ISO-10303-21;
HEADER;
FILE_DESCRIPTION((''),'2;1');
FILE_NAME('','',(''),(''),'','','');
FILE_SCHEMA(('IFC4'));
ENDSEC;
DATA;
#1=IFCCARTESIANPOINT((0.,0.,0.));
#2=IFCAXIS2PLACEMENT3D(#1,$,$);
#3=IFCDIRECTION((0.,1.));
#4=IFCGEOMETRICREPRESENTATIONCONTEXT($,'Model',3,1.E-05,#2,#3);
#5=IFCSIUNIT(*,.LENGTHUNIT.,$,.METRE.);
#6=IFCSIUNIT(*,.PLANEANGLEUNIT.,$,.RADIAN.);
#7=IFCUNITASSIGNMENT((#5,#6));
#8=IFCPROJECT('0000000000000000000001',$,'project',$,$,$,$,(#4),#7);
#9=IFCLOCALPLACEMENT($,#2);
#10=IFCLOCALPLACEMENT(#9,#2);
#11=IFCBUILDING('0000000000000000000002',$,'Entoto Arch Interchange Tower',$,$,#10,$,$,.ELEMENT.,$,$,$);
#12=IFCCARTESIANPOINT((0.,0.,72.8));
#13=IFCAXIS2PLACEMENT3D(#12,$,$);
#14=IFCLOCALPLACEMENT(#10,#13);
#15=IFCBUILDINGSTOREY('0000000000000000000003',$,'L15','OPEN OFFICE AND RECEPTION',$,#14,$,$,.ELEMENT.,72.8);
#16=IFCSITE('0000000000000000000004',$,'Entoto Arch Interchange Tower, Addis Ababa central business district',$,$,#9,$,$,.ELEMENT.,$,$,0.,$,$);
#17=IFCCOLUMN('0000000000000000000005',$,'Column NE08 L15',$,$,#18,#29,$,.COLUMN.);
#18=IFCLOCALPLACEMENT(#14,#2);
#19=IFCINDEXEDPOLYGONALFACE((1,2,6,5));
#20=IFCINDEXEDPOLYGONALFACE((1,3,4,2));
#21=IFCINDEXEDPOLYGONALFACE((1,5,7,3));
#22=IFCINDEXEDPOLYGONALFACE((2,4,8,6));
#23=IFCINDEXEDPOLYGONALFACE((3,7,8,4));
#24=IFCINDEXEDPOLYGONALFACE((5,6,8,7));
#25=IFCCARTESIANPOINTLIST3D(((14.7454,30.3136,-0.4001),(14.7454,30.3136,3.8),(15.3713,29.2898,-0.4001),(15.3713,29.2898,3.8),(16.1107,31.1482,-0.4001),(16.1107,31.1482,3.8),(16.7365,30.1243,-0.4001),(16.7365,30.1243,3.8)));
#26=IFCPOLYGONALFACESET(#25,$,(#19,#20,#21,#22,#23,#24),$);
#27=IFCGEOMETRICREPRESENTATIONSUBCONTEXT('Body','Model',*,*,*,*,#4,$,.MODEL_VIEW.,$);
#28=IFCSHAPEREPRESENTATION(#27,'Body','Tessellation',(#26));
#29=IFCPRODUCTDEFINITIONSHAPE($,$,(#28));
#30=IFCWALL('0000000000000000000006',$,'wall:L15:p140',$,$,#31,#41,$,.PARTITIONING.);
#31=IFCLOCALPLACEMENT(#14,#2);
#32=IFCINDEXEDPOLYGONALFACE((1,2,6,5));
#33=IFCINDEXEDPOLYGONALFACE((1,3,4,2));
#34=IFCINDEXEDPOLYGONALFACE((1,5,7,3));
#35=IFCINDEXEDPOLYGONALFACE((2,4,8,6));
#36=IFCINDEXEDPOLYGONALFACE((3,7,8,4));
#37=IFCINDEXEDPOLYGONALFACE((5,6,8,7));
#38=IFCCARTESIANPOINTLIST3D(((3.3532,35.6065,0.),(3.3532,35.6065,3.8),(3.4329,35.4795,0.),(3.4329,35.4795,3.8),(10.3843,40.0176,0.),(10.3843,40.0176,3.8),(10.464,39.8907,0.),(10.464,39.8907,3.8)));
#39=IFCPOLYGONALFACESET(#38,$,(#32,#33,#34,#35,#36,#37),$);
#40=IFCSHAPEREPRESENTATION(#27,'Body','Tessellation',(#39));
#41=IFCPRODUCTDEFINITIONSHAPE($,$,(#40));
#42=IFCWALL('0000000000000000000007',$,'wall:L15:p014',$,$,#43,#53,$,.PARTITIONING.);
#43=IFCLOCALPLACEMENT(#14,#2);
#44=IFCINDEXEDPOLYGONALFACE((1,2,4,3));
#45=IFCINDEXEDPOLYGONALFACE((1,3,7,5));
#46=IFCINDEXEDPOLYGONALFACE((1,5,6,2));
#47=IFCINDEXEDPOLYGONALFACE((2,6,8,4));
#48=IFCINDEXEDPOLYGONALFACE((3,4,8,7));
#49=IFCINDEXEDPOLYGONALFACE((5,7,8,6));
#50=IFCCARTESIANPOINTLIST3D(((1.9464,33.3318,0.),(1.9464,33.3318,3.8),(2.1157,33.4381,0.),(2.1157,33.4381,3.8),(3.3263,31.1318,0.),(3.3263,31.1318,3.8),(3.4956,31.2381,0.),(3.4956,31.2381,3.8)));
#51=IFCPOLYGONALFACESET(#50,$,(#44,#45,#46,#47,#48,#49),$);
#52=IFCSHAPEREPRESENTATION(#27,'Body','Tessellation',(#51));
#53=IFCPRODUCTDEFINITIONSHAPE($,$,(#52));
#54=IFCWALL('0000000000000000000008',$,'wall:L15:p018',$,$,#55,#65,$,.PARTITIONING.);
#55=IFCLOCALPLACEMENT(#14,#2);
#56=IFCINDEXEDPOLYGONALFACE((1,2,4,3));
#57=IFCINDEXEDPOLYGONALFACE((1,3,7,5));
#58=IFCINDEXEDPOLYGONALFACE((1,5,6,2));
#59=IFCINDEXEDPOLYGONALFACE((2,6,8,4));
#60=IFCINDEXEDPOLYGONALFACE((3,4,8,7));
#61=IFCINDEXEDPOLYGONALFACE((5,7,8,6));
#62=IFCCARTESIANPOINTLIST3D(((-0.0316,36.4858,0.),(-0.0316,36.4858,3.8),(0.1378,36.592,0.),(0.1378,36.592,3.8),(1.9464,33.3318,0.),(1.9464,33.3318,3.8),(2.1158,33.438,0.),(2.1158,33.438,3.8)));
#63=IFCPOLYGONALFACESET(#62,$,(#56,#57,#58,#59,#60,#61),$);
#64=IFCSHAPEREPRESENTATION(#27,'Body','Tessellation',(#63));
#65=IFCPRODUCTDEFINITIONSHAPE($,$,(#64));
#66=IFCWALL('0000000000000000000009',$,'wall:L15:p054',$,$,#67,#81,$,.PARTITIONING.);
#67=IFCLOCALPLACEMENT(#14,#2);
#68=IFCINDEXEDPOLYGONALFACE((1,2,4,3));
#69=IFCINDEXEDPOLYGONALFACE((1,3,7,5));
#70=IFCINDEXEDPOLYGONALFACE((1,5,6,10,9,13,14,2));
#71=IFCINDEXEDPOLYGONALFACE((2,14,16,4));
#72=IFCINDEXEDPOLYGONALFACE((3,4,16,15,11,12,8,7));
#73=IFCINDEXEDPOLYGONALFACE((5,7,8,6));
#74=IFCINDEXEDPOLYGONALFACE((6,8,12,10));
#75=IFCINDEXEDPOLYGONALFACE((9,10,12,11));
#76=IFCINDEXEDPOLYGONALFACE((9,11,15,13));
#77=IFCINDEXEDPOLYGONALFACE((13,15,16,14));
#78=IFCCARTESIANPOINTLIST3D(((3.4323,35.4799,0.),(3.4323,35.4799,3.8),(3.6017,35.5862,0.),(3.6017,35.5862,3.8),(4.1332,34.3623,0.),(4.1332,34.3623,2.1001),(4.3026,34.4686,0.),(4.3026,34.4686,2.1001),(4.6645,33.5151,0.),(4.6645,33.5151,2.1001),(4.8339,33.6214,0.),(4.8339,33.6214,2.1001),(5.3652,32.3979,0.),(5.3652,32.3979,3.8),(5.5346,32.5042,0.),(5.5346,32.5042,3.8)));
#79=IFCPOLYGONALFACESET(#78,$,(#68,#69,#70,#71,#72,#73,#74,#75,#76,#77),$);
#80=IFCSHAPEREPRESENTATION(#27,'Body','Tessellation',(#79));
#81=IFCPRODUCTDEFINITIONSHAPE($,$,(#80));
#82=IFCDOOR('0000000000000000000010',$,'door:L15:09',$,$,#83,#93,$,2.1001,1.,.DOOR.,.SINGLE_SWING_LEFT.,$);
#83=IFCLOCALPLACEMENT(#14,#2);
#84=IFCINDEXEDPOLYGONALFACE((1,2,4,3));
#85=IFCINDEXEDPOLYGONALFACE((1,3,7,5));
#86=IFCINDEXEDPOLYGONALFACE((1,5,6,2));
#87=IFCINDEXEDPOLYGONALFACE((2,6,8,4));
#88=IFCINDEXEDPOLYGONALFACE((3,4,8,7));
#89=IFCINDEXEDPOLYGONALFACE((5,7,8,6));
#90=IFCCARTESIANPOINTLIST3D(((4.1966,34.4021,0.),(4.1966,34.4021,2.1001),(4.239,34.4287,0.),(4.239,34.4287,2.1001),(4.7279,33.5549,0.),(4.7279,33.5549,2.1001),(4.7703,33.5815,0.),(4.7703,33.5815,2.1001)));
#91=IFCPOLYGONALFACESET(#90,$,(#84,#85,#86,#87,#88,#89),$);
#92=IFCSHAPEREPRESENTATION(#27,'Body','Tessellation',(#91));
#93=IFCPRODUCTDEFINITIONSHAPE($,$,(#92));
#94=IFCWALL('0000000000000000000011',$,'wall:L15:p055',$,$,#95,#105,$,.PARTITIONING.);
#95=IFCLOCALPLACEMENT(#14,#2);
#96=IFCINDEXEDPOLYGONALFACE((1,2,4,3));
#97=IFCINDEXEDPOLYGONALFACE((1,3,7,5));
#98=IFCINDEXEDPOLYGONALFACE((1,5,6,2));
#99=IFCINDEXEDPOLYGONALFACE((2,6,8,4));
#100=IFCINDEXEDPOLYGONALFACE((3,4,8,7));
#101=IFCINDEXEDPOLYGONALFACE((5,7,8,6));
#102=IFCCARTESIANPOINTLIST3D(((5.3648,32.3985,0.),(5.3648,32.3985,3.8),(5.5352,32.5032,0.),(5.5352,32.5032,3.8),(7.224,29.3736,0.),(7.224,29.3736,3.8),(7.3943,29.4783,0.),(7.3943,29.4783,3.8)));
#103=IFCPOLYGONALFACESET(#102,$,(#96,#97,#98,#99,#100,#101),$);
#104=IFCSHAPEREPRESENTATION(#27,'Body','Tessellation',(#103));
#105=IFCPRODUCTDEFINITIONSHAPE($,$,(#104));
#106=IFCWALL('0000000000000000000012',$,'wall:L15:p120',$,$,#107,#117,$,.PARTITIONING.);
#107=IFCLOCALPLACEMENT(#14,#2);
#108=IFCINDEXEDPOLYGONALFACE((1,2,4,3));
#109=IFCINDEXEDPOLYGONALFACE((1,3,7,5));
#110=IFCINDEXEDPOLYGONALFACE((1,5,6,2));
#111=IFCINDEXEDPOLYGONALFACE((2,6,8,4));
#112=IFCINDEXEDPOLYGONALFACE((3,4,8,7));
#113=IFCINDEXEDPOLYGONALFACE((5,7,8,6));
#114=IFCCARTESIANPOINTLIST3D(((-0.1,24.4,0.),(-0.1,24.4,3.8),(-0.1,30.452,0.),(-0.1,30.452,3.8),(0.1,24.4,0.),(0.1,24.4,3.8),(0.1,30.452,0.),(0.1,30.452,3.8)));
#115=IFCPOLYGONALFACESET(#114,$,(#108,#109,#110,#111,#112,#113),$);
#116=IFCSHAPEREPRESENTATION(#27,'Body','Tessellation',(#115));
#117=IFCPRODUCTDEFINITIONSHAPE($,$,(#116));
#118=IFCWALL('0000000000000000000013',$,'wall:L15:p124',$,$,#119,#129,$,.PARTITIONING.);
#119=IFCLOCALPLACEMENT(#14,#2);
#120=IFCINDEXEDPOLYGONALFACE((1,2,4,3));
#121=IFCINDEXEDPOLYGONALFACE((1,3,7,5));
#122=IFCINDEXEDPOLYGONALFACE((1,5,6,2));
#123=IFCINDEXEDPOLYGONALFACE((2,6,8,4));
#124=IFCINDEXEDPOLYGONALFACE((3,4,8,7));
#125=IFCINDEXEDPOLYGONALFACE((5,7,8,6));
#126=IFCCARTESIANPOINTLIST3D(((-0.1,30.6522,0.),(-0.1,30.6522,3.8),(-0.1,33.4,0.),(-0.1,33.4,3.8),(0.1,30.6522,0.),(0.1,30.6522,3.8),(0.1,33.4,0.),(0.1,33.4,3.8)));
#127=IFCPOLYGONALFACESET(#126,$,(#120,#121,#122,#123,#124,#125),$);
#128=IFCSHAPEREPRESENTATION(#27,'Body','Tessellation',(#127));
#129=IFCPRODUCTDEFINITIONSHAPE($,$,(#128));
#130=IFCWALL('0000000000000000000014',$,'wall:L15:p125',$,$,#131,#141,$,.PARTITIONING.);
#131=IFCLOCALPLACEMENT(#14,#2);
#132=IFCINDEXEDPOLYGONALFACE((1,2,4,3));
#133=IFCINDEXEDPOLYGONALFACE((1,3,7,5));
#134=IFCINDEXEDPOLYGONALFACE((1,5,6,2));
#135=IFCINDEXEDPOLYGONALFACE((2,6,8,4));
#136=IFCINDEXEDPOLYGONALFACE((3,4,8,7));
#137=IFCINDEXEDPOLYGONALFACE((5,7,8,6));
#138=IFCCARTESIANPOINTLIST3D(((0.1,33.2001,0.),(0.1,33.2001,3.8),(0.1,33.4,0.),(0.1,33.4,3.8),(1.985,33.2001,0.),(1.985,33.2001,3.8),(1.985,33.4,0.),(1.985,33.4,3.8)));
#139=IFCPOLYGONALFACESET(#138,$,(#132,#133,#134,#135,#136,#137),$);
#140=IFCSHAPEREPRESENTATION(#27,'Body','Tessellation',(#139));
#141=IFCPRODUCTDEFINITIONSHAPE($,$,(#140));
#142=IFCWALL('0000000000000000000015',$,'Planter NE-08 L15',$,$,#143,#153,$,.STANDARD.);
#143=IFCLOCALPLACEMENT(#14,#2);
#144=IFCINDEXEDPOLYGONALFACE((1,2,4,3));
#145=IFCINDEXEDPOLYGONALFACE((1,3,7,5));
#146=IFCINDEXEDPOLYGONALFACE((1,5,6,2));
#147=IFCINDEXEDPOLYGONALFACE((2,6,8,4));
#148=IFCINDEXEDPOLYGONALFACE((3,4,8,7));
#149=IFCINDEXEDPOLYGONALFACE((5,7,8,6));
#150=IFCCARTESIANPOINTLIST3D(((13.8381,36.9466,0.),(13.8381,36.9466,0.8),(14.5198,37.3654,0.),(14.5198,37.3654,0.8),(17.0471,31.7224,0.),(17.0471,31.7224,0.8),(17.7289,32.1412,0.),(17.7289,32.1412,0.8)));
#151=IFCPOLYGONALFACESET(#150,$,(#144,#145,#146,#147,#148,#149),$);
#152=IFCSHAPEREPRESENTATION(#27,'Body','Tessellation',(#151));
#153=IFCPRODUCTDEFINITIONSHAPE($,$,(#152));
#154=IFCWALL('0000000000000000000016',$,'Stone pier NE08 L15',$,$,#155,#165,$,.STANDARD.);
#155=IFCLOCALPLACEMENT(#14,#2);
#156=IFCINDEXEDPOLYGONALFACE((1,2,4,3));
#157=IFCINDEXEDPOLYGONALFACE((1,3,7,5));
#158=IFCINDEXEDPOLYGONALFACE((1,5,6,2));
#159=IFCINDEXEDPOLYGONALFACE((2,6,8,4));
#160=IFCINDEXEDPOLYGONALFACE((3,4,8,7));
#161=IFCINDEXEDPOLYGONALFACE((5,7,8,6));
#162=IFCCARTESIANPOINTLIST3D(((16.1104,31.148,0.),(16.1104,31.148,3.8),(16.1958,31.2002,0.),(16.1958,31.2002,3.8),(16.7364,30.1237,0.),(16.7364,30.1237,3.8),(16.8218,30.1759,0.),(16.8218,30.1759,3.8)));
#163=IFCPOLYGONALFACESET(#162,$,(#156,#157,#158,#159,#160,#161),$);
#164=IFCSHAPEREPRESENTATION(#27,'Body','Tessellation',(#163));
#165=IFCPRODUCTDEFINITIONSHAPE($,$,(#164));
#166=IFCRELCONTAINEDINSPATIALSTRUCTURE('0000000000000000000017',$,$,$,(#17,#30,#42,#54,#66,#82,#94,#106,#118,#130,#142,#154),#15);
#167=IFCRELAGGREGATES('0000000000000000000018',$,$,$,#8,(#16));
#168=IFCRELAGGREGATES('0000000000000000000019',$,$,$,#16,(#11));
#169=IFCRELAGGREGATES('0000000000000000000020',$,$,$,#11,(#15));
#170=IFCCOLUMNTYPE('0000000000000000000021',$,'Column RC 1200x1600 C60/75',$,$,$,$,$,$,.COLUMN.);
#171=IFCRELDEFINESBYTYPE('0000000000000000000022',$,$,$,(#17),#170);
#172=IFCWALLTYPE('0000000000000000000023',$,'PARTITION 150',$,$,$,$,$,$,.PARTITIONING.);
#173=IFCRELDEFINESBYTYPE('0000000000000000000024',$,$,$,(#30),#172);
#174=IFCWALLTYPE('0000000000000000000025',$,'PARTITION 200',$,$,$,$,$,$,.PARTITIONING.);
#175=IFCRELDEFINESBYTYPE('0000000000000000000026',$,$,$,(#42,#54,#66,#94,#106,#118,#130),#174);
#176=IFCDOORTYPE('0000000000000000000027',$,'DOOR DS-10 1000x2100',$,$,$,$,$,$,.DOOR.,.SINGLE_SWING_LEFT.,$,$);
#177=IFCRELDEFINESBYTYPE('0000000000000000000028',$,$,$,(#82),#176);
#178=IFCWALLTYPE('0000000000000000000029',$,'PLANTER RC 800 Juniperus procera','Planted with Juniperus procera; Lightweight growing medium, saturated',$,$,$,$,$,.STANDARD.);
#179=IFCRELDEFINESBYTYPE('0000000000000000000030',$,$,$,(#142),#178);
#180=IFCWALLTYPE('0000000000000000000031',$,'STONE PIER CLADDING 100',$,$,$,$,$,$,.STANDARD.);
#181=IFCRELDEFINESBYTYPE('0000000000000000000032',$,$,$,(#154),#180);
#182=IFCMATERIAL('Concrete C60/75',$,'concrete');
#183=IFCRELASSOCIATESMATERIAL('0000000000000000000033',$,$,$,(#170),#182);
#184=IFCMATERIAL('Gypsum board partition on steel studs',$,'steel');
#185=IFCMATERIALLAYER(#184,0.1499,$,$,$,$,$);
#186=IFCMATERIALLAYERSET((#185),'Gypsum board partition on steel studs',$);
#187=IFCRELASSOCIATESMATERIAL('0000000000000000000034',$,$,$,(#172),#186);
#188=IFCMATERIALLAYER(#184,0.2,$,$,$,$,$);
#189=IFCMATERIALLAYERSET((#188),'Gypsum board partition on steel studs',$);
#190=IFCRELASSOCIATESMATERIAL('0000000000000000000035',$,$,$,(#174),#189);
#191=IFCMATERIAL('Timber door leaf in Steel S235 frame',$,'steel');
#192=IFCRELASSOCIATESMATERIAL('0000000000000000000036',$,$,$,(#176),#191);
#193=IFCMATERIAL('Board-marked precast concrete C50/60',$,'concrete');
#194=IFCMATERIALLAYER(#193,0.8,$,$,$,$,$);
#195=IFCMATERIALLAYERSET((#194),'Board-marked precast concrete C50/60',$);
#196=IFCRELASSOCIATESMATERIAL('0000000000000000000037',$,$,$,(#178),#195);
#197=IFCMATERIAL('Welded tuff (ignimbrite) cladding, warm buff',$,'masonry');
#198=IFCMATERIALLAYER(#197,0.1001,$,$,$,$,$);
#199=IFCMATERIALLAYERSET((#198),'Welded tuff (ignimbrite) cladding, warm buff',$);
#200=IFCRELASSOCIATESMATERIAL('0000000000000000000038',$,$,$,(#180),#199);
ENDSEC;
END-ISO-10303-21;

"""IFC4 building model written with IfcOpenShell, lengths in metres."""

from ifc_helpers import new_model, si_unit, direction, frame, frame_2d, origin, origin_2d, place, context, subcontext, project, spatial, rectangle, extrude, material, layer, layer_set, material_profile, profile_set, type_object, element, fill, save


model = new_model("IFC4")

# Units and contexts
model_context = context("Model", 3, precision=1e-05, world=origin(), true_north=direction((0.0, 1.0)))
body_context = subcontext(model_context, "Body", "Model", "MODEL_VIEW")
ifc_project = project(units=[si_unit("LENGTHUNIT", "METRE"), si_unit("PLANEANGLEUNIT", "RADIAN")], contexts=[model_context])

# Site, building, storey
site_placement = place(None, origin())
site = spatial("IfcSite", under=ifc_project, at=site_placement, Name="Entoto Arch Interchange Tower, Addis Ababa central business district", CompositionType="ELEMENT", RefElevation=0.0)
building_placement = place(site_placement, origin())
building = spatial("IfcBuilding", under=site, at=building_placement, Name="Entoto Arch Interchange Tower", CompositionType="ELEMENT")
storey_placement = place(building_placement, frame((0.0, 0.0, 72.8)))
storey = spatial("IfcBuildingStorey", under=building, at=storey_placement, Name="L15", Description="OPEN OFFICE AND RECEPTION", CompositionType="ELEMENT", Elevation=72.8)

# Column
ifc_material_1 = material(Name="Concrete C60/75", Category="concrete")
ifc_material_profile = material_profile(ifc_material_1, rectangle(XDim=1.2, YDim=1.6001, at=origin_2d()))
ifc_profile_set = profile_set([ifc_material_profile], Name="Concrete C60/75")
column_type = type_object("IfcColumnType", Name="Column RC 1200x1600 C60/75", PredefinedType="COLUMN", material=ifc_profile_set)
column_placement = place(storey_placement, frame((15.741, 30.219, -0.4001), z_axis=(0.0, 0.0, 1.0), x_axis=(-0.521546, 0.853223, 0.0)))
element("IfcColumn", 1, at=column_placement, inside=storey, type_object=column_type, Name="Column NE08 L15", PredefinedType="COLUMN", context=body_context, shape_type="SweptSolid", body=[
    extrude(rectangle(XDim=1.2, YDim=1.6001, at=origin_2d()), origin(), (0.0, 0.0, 1.0), 4.2002),
])

# Walls
ifc_material_2 = material(Name="Gypsum board partition on steel studs", Category="steel")
ifc_layer_1 = layer(ifc_material_2, 0.1499)
ifc_layer_set_1 = layer_set([ifc_layer_1], Name="Gypsum board partition on steel studs")
wall_type_1 = type_object("IfcWallType", Name="PARTITION 150", PredefinedType="PARTITIONING", material=ifc_layer_set_1)
wall_1_placement = place(storey_placement, frame((3.3931, 35.543, 0.0), z_axis=(0.0, 0.0, 1.0), x_axis=(0.84709, 0.53145, 0.0)))
element("IfcWall", 2, at=wall_1_placement, inside=storey, type_object=wall_type_1, Name="wall:L15:p140", PredefinedType="PARTITIONING", context=body_context, shape_type="SweptSolid", body=[
    extrude(rectangle(XDim=8.3003, YDim=0.1499, at=frame_2d((4.1501, 0.0))), origin(), (0.0, 0.0, 1.0), 3.8),
])
ifc_layer_2 = layer(ifc_material_2, 0.2)
ifc_layer_set_2 = layer_set([ifc_layer_2], Name="Gypsum board partition on steel studs")
wall_type_2 = type_object("IfcWallType", Name="PARTITION 200", PredefinedType="PARTITIONING", material=ifc_layer_set_2)
wall_2_placement = place(storey_placement, frame((3.4109, 31.1851, 0.0), z_axis=(0.0, 0.0, 1.0), x_axis=(-0.531359, 0.847147, 0.0)))
element("IfcWall", 3, at=wall_2_placement, inside=storey, type_object=wall_type_2, Name="wall:L15:p014", PredefinedType="PARTITIONING", context=body_context, shape_type="SweptSolid", body=[
    extrude(rectangle(XDim=2.5969, YDim=0.2, at=frame_2d((1.2983, 0.0))), origin(), (0.0, 0.0, 1.0), 3.8),
])
wall_3_placement = place(storey_placement, frame((2.031, 33.385, 0.0), z_axis=(0.0, 0.0, 1.0), x_axis=(-0.531301, 0.847183, 0.0)))
element("IfcWall", 4, at=wall_3_placement, inside=storey, type_object=wall_type_2, Name="wall:L15:p018", PredefinedType="PARTITIONING", context=body_context, shape_type="SweptSolid", body=[
    extrude(rectangle(XDim=3.7229, YDim=0.2, at=frame_2d((1.8613, 0.0))), origin(), (0.0, 0.0, 1.0), 3.8),
])

# Wall, opening, door
wall_4_placement = place(storey_placement, frame((3.5171, 35.533, 0.0), z_axis=(0.0, 0.0, 1.0), x_axis=(0.531301, -0.847183, 0.0)))
wall_4 = element("IfcWall", 5, at=wall_4_placement, inside=storey, type_object=wall_type_2, Name="wall:L15:p054", PredefinedType="PARTITIONING", context=body_context, shape_type="SweptSolid", body=[
    extrude(rectangle(XDim=3.6379, YDim=0.2, at=frame_2d((1.8188, 0.0))), origin(), (0.0, 0.0, 1.0), 3.8),
])
opening_1_placement = place(wall_4_placement, frame((1.3191, 0.0, 0.0)))
opening_1 = element("IfcOpeningElement", 6, at=opening_1_placement, cuts=wall_4, PredefinedType="OPENING", context=body_context, shape_type="SweptSolid", body=[
    extrude(rectangle(XDim=1.0, YDim=2.1001, at=frame_2d((0.5, 1.05))), frame((0.0, 0.1099, 0.0), z_axis=(0.0, -1.0, 0.0), x_axis=(1.0, 0.0, 0.0)), (0.0, 0.0, 1.0), 0.22),
])
ifc_material_3 = material(Name="Timber door leaf in Steel S235 frame", Category="steel")
door_type_1 = type_object("IfcDoorType", Name="DOOR DS-10 1000x2100", OperationType="SINGLE_SWING_LEFT", PredefinedType="DOOR", material=ifc_material_3)
door_1_placement = place(opening_1_placement, origin())
door_1 = element("IfcDoor", 7, at=door_1_placement, inside=storey, type_object=door_type_1, Name="door:L15:09", OperationType="SINGLE_SWING_LEFT", OverallHeight=2.1001, OverallWidth=1.0, PredefinedType="DOOR", context=body_context, shape_type="SweptSolid", body=[
    extrude(rectangle(XDim=1.0, YDim=2.1001, at=frame_2d((0.5, 1.05))), frame((0.0, 0.0249, 0.0), z_axis=(0.0, -1.0, 0.0), x_axis=(1.0, 0.0, 0.0)), (0.0, 0.0, 1.0), 0.05),
])
fill(opening_1, door_1)

# Walls
wall_5_placement = place(storey_placement, frame((5.45, 32.4509, 0.0), z_axis=(0.0, 0.0, 1.0), x_axis=(0.523618, -0.851953, 0.0)))
element("IfcWall", 8, at=wall_5_placement, inside=storey, type_object=wall_type_2, Name="wall:L15:p055", PredefinedType="PARTITIONING", context=body_context, shape_type="SweptSolid", body=[
    extrude(rectangle(XDim=3.5505, YDim=0.2, at=frame_2d((1.7754, 0.0))), origin(), (0.0, 0.0, 1.0), 3.8),
])
wall_6_placement = place(storey_placement, frame((0.0, 30.4519, 0.0), z_axis=(0.0, 0.0, 1.0), x_axis=(0.0, -1.0, 0.0)))
element("IfcWall", 9, at=wall_6_placement, inside=storey, type_object=wall_type_2, Name="wall:L15:p120", PredefinedType="PARTITIONING", context=body_context, shape_type="SweptSolid", body=[
    extrude(rectangle(XDim=6.052, YDim=0.2, at=frame_2d((3.0259, 0.0))), origin(), (0.0, 0.0, 1.0), 3.8),
])
wall_7_placement = place(storey_placement, frame((0.0, 30.6521, 0.0), z_axis=(0.0, 0.0, 1.0), x_axis=(0.0, 1.0, 0.0)))
element("IfcWall", 10, at=wall_7_placement, inside=storey, type_object=wall_type_2, Name="wall:L15:p124", PredefinedType="PARTITIONING", context=body_context, shape_type="SweptSolid", body=[
    extrude(rectangle(XDim=2.7478, YDim=0.2, at=frame_2d((1.374, 0.0))), origin(), (0.0, 0.0, 1.0), 3.8),
])
wall_8_placement = place(storey_placement, frame((0.1001, 33.3, 0.0), z_axis=(0.0, 0.0, 1.0), x_axis=(1.0, 0.0, 0.0)))
element("IfcWall", 11, at=wall_8_placement, inside=storey, type_object=wall_type_2, Name="wall:L15:p125", PredefinedType="PARTITIONING", context=body_context, shape_type="SweptSolid", body=[
    extrude(rectangle(XDim=1.885, YDim=0.2, at=frame_2d((0.9424, 0.0))), origin(), (0.0, 0.0, 1.0), 3.8),
])
ifc_material_4 = material(Name="Board-marked precast concrete C50/60", Category="concrete")
ifc_layer_3 = layer(ifc_material_4, 0.8)
ifc_layer_set_3 = layer_set([ifc_layer_3], Name="Board-marked precast concrete C50/60")
wall_type_3 = type_object("IfcWallType", Name="PLANTER RC 800 Juniperus procera", Description="Planted with Juniperus procera; Lightweight growing medium, saturated", PredefinedType="STANDARD", material=ifc_layer_set_3)
wall_9_placement = place(storey_placement, frame((17.3879, 31.9319, 0.0), z_axis=(0.0, 0.0, 1.0), x_axis=(-0.523404, 0.852085, 0.0)))
element("IfcWall", 12, at=wall_9_placement, inside=storey, type_object=wall_type_3, Name="Planter NE-08 L15", PredefinedType="STANDARD", context=body_context, shape_type="SweptSolid", body=[
    extrude(rectangle(XDim=6.1311, YDim=0.8, at=frame_2d((3.0654, 0.0))), origin(), (0.0, 0.0, 1.0), 0.8),
])

# Shared definitions
ifc_material_5 = material(Name="Welded tuff (ignimbrite) cladding, warm buff", Category="masonry")

# Wall
ifc_layer_4 = layer(ifc_material_5, 0.1001)
ifc_layer_set_4 = layer_set([ifc_layer_4], Name="Welded tuff (ignimbrite) cladding, warm buff")
wall_type_4 = type_object("IfcWallType", Name="STONE PIER CLADDING 100", PredefinedType="STANDARD", material=ifc_layer_set_4)
wall_10_placement = place(storey_placement, frame((16.7791, 30.1499, 0.0), z_axis=(0.0, 0.0, 1.0), x_axis=(-0.521508, 0.853247, 0.0)))
element("IfcWall", 13, at=wall_10_placement, inside=storey, type_object=wall_type_4, Name="Stone pier NE08 L15", PredefinedType="STANDARD", context=body_context, shape_type="SweptSolid", body=[
    extrude(rectangle(XDim=1.2004, YDim=0.1001, at=frame_2d((0.6001, 0.0))), origin(), (0.0, 0.0, 1.0), 3.8),
])

save(model, "model.ifc")
